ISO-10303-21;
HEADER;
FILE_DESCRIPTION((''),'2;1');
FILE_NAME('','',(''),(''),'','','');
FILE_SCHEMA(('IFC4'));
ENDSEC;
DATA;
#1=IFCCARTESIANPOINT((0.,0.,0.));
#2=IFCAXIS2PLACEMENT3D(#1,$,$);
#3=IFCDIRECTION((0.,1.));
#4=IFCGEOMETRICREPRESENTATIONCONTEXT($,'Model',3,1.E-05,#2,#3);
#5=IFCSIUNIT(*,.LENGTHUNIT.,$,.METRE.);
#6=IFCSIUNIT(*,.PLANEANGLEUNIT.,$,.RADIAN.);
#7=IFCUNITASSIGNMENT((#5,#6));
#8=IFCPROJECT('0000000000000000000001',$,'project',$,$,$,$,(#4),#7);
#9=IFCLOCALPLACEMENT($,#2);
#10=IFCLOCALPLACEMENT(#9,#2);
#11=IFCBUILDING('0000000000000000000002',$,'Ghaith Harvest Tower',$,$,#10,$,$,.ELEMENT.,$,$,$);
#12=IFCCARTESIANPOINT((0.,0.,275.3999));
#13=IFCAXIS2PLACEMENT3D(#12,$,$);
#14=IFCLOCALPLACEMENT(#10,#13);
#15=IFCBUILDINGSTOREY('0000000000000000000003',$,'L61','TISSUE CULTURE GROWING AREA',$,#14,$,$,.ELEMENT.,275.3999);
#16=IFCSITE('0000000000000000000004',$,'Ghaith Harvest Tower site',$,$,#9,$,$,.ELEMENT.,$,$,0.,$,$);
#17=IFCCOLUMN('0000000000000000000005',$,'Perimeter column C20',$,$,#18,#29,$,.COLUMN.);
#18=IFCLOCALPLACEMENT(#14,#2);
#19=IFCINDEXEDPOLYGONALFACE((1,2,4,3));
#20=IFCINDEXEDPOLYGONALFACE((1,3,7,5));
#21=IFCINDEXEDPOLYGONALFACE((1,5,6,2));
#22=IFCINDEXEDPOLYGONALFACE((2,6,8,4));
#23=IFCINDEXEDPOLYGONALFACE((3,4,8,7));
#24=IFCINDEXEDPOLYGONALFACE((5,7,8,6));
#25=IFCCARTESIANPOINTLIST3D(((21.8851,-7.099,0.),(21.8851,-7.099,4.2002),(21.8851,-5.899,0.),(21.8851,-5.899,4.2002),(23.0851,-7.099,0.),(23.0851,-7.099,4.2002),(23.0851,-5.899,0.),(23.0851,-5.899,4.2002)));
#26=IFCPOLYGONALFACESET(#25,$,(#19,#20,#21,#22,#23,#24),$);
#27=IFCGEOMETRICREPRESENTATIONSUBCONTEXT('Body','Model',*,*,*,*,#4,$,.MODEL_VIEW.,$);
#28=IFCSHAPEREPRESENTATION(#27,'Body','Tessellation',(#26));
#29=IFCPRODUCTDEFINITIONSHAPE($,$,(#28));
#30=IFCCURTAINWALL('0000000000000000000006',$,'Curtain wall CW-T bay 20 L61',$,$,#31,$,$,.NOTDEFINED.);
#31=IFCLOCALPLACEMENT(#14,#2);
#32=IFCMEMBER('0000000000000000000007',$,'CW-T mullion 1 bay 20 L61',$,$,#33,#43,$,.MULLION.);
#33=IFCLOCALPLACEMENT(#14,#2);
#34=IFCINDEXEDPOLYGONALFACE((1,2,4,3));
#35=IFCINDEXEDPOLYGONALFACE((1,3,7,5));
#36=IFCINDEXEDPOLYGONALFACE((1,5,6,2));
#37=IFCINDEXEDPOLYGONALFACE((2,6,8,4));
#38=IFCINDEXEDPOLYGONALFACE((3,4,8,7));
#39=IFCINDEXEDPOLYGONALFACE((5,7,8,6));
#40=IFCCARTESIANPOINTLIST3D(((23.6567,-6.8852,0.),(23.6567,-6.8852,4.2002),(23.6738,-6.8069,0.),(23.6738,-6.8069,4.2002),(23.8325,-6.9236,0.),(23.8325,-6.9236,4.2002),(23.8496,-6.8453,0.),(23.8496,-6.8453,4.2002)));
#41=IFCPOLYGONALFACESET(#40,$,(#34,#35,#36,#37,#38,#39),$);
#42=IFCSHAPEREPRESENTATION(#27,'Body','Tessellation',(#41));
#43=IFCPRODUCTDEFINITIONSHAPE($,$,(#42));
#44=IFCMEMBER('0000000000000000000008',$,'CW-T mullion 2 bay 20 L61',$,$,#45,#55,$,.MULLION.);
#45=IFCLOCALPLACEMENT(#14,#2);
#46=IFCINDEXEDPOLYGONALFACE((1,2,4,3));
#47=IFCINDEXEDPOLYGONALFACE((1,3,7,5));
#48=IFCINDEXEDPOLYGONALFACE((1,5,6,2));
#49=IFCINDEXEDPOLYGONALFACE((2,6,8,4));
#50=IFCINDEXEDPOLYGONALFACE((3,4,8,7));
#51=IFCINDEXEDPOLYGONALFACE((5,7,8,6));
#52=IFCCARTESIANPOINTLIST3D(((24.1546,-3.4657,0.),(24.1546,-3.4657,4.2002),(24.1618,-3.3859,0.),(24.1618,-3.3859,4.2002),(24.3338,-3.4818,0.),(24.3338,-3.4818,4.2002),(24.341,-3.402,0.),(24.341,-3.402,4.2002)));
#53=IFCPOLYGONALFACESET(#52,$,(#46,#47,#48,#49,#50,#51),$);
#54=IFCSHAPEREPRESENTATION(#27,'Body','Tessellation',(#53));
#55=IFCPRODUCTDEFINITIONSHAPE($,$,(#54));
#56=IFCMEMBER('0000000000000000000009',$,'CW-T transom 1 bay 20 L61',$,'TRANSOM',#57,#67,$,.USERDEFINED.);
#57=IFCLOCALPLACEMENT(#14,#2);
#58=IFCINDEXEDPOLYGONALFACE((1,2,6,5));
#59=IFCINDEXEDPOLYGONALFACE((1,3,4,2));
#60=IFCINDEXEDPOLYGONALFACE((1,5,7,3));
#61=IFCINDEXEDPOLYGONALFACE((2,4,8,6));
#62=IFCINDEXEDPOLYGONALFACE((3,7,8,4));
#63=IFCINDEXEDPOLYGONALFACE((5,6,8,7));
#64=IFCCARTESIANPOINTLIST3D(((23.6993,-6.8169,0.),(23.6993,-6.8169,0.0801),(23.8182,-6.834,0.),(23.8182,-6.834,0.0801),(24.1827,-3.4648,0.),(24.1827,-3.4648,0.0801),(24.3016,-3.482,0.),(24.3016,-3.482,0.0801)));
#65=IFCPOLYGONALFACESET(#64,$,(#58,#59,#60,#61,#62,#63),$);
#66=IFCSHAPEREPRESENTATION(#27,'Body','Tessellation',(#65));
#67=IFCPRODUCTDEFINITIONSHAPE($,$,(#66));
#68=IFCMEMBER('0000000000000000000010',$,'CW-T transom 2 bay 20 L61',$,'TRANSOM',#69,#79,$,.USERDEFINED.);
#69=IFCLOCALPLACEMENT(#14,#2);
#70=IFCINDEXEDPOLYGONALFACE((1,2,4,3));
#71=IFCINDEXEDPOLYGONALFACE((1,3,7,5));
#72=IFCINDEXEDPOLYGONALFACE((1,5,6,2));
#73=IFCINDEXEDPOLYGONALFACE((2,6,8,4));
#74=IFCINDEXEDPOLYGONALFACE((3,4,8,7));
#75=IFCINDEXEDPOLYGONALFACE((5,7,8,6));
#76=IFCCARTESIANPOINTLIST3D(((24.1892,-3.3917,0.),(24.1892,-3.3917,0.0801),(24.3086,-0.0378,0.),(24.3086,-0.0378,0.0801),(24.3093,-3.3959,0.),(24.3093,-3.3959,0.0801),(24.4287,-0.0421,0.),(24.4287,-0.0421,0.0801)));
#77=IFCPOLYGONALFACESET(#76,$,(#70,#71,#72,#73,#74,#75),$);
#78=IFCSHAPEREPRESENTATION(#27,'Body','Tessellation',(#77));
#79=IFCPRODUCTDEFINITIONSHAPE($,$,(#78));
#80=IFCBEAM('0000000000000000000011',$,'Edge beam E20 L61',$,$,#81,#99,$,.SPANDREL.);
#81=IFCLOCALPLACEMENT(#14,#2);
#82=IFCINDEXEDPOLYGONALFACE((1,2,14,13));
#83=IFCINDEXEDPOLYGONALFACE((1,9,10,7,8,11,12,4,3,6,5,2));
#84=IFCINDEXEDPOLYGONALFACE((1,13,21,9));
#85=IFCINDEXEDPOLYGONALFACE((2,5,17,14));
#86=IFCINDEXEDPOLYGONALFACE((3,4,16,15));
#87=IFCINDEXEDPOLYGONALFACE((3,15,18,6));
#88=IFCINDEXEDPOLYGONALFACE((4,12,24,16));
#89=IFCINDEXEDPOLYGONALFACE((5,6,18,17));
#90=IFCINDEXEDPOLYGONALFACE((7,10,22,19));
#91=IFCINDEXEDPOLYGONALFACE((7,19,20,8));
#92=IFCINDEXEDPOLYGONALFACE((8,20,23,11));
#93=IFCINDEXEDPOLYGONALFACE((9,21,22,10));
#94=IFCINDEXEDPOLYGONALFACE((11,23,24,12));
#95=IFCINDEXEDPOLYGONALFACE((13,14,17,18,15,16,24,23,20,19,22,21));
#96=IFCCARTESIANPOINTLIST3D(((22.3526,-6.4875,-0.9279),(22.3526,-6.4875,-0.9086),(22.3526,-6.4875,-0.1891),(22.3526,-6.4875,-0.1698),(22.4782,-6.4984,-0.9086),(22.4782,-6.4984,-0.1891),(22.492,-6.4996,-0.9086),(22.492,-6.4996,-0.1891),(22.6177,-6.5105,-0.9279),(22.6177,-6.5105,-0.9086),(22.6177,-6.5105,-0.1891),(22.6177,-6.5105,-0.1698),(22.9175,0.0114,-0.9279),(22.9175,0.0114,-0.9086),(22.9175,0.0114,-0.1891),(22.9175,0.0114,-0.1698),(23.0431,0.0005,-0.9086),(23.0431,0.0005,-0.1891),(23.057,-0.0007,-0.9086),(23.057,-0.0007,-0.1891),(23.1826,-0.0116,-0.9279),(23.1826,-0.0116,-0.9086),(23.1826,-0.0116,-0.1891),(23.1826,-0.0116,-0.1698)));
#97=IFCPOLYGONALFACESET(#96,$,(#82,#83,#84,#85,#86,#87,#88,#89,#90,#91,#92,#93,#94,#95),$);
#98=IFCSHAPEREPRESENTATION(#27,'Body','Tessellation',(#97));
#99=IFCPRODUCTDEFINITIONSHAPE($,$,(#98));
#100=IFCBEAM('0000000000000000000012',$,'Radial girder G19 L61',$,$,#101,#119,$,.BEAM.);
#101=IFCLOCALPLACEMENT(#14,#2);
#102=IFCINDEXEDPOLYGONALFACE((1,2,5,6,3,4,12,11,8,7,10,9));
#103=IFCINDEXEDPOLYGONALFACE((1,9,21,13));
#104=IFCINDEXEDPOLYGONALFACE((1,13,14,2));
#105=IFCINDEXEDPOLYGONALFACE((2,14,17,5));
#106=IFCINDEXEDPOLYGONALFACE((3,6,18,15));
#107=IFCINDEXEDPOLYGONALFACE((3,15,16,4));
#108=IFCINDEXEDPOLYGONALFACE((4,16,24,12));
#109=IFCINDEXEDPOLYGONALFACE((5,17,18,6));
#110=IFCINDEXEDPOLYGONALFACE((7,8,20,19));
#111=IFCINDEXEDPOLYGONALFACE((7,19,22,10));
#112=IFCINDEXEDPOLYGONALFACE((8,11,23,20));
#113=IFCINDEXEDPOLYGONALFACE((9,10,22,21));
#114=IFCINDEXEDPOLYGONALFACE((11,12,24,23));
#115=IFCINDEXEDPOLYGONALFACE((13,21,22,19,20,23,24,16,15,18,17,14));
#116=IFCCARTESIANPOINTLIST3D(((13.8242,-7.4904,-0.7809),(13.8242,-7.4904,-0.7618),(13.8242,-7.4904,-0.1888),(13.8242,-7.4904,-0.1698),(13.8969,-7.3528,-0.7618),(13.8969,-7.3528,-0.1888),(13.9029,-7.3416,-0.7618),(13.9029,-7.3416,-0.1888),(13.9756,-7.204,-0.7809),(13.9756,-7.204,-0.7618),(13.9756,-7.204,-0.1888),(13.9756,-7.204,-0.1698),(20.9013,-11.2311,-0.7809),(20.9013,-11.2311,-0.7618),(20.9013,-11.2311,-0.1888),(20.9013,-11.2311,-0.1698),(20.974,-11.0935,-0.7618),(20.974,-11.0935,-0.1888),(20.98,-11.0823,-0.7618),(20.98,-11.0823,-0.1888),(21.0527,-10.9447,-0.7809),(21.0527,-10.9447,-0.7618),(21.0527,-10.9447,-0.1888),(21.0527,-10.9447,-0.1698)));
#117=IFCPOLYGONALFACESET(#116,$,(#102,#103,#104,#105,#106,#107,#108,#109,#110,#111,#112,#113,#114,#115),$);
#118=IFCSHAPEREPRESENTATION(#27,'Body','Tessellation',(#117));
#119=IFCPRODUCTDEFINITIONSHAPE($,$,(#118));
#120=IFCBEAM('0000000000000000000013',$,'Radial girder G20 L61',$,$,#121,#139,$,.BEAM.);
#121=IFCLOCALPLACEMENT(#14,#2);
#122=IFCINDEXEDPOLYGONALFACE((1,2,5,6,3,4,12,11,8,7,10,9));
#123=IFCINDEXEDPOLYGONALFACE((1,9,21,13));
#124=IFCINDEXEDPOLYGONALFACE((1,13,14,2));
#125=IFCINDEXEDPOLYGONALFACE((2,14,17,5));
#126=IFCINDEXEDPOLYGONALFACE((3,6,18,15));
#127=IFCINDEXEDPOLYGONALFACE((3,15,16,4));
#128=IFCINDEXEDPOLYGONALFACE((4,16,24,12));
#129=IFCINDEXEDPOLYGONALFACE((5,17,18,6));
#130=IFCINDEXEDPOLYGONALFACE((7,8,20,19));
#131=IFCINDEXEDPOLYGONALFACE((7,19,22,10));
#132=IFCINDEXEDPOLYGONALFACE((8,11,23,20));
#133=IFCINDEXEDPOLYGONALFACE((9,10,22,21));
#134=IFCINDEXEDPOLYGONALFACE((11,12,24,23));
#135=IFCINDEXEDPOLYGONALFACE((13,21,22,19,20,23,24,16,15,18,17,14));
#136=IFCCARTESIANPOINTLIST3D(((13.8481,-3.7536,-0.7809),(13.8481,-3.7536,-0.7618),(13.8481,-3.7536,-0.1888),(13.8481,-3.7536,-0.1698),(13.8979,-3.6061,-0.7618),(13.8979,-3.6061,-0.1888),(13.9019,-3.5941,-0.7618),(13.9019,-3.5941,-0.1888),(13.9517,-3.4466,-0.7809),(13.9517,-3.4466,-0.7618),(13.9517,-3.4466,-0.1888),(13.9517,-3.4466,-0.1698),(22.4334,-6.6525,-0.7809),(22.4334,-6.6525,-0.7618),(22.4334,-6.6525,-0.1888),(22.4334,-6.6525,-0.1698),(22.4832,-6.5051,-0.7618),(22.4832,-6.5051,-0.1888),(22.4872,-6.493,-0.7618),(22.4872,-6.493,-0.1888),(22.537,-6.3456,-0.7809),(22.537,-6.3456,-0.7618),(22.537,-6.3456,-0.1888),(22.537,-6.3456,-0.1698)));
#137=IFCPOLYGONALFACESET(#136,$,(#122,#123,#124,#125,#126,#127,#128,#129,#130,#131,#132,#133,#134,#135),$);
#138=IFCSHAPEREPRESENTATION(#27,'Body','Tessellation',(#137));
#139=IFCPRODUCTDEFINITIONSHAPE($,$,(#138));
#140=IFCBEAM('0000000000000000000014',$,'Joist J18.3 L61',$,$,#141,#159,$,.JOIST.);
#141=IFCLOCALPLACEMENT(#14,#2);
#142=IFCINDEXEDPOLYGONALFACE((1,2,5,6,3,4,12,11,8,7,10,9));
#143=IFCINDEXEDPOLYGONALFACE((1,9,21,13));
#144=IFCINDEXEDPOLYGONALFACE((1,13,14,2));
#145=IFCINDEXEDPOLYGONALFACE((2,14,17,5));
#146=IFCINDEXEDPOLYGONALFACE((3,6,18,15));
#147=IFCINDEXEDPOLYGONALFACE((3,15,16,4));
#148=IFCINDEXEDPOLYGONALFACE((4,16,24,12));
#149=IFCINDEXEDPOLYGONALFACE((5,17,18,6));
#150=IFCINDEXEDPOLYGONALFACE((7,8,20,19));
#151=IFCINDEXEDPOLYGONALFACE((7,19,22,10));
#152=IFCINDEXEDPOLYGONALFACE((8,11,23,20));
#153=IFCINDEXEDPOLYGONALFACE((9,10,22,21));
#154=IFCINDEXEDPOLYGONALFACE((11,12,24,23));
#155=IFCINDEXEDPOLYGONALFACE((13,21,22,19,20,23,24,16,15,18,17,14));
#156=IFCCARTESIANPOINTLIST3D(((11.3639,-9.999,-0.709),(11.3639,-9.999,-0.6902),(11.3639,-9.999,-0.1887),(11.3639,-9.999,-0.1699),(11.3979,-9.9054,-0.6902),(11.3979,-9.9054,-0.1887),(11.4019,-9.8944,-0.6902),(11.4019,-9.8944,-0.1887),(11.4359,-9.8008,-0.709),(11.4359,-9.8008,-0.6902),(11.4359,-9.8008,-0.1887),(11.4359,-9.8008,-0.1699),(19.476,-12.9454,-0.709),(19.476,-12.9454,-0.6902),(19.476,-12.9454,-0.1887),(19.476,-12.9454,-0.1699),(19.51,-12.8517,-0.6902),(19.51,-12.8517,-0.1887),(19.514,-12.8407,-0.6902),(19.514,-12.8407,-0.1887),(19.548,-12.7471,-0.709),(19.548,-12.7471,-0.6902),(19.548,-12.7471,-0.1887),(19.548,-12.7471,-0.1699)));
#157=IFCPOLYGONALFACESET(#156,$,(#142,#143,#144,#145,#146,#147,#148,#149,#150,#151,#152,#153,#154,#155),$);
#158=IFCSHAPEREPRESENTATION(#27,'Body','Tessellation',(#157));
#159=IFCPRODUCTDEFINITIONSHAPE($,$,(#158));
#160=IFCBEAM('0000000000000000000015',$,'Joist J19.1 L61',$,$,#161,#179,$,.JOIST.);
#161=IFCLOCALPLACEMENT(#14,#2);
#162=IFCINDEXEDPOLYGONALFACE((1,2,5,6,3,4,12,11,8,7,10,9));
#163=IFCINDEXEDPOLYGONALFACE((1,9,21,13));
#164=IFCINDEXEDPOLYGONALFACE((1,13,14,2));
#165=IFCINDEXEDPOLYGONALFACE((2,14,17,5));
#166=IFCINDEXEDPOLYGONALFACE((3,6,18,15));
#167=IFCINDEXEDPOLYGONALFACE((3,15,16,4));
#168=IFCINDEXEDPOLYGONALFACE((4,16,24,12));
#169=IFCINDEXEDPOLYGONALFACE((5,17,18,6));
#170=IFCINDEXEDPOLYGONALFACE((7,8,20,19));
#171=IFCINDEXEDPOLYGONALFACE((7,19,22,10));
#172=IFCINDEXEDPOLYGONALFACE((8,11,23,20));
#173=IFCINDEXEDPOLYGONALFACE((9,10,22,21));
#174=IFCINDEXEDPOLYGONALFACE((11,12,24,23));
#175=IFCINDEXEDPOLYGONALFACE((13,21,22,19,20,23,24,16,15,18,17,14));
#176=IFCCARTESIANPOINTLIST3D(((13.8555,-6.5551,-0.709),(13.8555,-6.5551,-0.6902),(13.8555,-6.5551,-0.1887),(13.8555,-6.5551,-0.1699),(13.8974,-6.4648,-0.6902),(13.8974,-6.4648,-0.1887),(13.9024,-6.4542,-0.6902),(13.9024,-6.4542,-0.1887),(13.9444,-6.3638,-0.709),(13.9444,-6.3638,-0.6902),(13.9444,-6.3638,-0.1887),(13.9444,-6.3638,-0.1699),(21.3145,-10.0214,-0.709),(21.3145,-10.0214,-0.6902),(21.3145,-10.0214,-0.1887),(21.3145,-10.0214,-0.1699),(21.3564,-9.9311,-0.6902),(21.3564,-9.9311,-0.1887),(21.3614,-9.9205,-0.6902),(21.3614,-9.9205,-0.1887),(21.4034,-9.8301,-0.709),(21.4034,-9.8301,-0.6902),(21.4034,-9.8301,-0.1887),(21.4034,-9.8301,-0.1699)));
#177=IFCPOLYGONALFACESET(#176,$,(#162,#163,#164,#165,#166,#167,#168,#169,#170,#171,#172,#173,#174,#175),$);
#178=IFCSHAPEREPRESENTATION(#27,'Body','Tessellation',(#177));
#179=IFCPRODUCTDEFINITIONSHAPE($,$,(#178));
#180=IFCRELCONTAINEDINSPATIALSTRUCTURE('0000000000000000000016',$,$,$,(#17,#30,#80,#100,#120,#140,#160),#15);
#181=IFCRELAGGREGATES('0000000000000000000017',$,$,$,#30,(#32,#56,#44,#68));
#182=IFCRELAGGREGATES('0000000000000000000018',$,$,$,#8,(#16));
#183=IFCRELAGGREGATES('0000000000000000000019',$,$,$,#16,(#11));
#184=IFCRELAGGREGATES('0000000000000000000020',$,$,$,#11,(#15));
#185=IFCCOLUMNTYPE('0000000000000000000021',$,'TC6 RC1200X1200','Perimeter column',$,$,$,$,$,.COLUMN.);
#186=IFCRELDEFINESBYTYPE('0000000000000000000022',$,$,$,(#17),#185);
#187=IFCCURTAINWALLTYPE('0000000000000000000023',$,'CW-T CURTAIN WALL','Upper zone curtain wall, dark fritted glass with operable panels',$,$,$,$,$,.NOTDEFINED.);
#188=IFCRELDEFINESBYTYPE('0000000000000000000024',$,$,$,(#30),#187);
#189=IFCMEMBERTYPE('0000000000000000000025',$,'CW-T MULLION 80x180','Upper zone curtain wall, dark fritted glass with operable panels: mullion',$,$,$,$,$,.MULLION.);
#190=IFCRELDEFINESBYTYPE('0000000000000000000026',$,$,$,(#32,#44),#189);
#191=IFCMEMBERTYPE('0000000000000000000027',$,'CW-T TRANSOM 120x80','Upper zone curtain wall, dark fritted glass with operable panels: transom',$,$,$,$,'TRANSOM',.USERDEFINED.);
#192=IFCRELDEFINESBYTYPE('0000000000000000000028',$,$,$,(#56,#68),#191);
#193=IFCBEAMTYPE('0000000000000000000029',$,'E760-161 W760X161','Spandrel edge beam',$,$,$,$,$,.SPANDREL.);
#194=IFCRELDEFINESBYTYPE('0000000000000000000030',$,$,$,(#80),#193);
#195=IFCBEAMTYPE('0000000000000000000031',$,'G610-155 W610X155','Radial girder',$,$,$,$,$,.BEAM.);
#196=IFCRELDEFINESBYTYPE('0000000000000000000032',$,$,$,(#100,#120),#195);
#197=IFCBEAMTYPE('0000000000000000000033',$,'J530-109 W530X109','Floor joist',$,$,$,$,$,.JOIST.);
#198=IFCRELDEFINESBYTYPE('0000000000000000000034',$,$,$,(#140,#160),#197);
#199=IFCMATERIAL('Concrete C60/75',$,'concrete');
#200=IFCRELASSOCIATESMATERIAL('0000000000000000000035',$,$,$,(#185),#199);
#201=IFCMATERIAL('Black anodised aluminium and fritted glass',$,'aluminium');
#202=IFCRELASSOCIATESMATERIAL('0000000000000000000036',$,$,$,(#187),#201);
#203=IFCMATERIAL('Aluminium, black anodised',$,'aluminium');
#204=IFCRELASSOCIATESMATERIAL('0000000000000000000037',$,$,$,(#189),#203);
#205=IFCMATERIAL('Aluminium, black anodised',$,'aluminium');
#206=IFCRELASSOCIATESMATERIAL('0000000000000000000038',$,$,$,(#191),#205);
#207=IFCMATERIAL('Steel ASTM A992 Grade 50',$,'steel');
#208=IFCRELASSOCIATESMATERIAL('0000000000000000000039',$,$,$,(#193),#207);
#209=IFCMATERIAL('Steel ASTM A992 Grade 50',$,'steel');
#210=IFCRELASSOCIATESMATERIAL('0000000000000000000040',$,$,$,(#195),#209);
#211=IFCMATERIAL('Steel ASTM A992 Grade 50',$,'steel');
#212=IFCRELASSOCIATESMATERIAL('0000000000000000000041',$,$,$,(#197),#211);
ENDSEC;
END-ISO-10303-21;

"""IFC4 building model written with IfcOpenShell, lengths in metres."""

from ifc_helpers import new_model, si_unit, direction, frame, origin, origin_2d, place, context, subcontext, project, spatial, rectangle, i_section, extrude, material, material_profile, profile_set, type_object, element, aggregate, save


model = new_model("IFC4")

# Units and contexts
model_context = context("Model", 3, precision=1e-05, world=origin(), true_north=direction((0.0, 1.0)))
body_context = subcontext(model_context, "Body", "Model", "MODEL_VIEW")
ifc_project = project(units=[si_unit("LENGTHUNIT", "METRE"), si_unit("PLANEANGLEUNIT", "RADIAN")], contexts=[model_context])

# Site, building, storey
site_placement = place(None, origin())
site = spatial("IfcSite", under=ifc_project, at=site_placement, Name="Ghaith Harvest Tower site", CompositionType="ELEMENT", RefElevation=0.0)
building_placement = place(site_placement, origin())
building = spatial("IfcBuilding", under=site, at=building_placement, Name="Ghaith Harvest Tower", CompositionType="ELEMENT")
storey_placement = place(building_placement, frame((0.0, 0.0, 275.3999)))
storey = spatial("IfcBuildingStorey", under=building, at=storey_placement, Name="L61", Description="TISSUE CULTURE GROWING AREA", CompositionType="ELEMENT", Elevation=275.3999)

# Column
ifc_material_1 = material(Name="Concrete C60/75", Category="concrete")
ifc_material_profile_1 = material_profile(ifc_material_1, rectangle(XDim=1.2, YDim=1.2, at=origin_2d()), Name="RC1200X1200")
ifc_profile_set_1 = profile_set([ifc_material_profile_1], Name="Concrete C60/75")
column_type = type_object("IfcColumnType", Name="TC6 RC1200X1200", Description="Perimeter column", PredefinedType="COLUMN", material=ifc_profile_set_1)
column_placement = place(storey_placement, frame((22.4851, -6.499, 0.0), z_axis=(0.0, 0.0, 1.0), x_axis=(1.0, 0.0, 0.0)))
element("IfcColumn", 1, at=column_placement, inside=storey, type_object=column_type, Name="Perimeter column C20", PredefinedType="COLUMN", context=body_context, shape_type="SweptSolid", body=[
    extrude(rectangle(XDim=1.2, YDim=1.2, at=origin_2d()), origin(), (0.0, 0.0, 1.0), 4.2002),
])

# Curtain wall, members
ifc_material_2 = material(Name="Black anodised aluminium and fritted glass", Category="aluminium")
curtain_wall_type = type_object("IfcCurtainWallType", Name="CW-T CURTAIN WALL", Description="Upper zone curtain wall, dark fritted glass with operable panels", PredefinedType="NOTDEFINED", material=ifc_material_2)
curtain_wall_1_placement = place(storey_placement, origin())
curtain_wall_1 = element("IfcCurtainWall", 2, at=curtain_wall_1_placement, inside=storey, type_object=curtain_wall_type, Name="Curtain wall CW-T bay 20 L61", PredefinedType="NOTDEFINED")
ifc_material_3 = material(Name="Aluminium, black anodised", Category="aluminium")
ifc_material_profile_2 = material_profile(ifc_material_3, rectangle(XDim=0.0801, YDim=0.1799, at=origin_2d()), Name="CW-T MULLION 80x180")
ifc_profile_set_2 = profile_set([ifc_material_profile_2], Name="Aluminium, black anodised")
member_type_1 = type_object("IfcMemberType", Name="CW-T MULLION 80x180", Description="Upper zone curtain wall, dark fritted glass with operable panels: mullion", PredefinedType="MULLION", material=ifc_profile_set_2)
member_1_placement = place(storey_placement, frame((23.7532, -6.8652, 0.0), z_axis=(0.0, 0.0, 1.0), x_axis=(0.213402, 0.976964, 0.0)))
member_1 = element("IfcMember", 3, at=member_1_placement, type_object=member_type_1, Name="CW-T mullion 1 bay 20 L61", PredefinedType="MULLION", context=body_context, shape_type="SweptSolid", body=[
    extrude(rectangle(XDim=0.0801, YDim=0.1799, at=origin_2d()), origin(), (0.0, 0.0, 1.0), 4.2002),
])
member_2_placement = place(storey_placement, frame((24.2478, -3.4338, 0.0), z_axis=(0.0, 0.0, 1.0), x_axis=(0.089502, 0.995987, 0.0)))
member_2 = element("IfcMember", 4, at=member_2_placement, type_object=member_type_1, Name="CW-T mullion 2 bay 20 L61", PredefinedType="MULLION", context=body_context, shape_type="SweptSolid", body=[
    extrude(rectangle(XDim=0.0801, YDim=0.1799, at=origin_2d()), origin(), (0.0, 0.0, 1.0), 4.2002),
])
ifc_material_4 = material(Name="Aluminium, black anodised", Category="aluminium")
ifc_material_profile_3 = material_profile(ifc_material_4, rectangle(XDim=0.1201, YDim=0.0801, at=origin_2d()), Name="CW-T TRANSOM 120x80")
ifc_profile_set_3 = profile_set([ifc_material_profile_3], Name="Aluminium, black anodised")
member_type_2 = type_object("IfcMemberType", Name="CW-T TRANSOM 120x80", Description="Upper zone curtain wall, dark fritted glass with operable panels: transom", ElementType="TRANSOM", PredefinedType="USERDEFINED", material=ifc_profile_set_3)
member_3_placement = place(storey_placement, frame((23.7588, -6.8254, 0.04), z_axis=(0.142733, 0.989761, 0.0), x_axis=(-0.989761, 0.142733, 0.0)))
member_3 = element("IfcMember", 5, at=member_3_placement, type_object=member_type_2, Name="CW-T transom 1 bay 20 L61", ObjectType="TRANSOM", PredefinedType="USERDEFINED", context=body_context, shape_type="SweptSolid", body=[
    extrude(rectangle(XDim=0.1201, YDim=0.0801, at=origin_2d()), origin(), (0.0, 0.0, 1.0), 3.3867),
])
member_4_placement = place(storey_placement, frame((24.2493, -3.3938, 0.04), z_axis=(0.035575, 0.999367, 0.0), x_axis=(-0.999367, 0.035575, 0.0)))
member_4 = element("IfcMember", 6, at=member_4_placement, type_object=member_type_2, Name="CW-T transom 2 bay 20 L61", ObjectType="TRANSOM", PredefinedType="USERDEFINED", context=body_context, shape_type="SweptSolid", body=[
    extrude(rectangle(XDim=0.1201, YDim=0.0801, at=origin_2d()), origin(), (0.0, 0.0, 1.0), 3.356),
])

# Beams
ifc_material_5 = material(Name="Steel ASTM A992 Grade 50", Category="steel")
ifc_material_profile_4 = material_profile(ifc_material_5, i_section(OverallWidth=0.2661, OverallDepth=0.7581, WebThickness=0.0139, FlangeThickness=0.0193, at=origin_2d()), Name="W760X161")
ifc_profile_set_4 = profile_set([ifc_material_profile_4], Name="Steel ASTM A992 Grade 50")
beam_type_1 = type_object("IfcBeamType", Name="E760-161 W760X161", Description="Spandrel edge beam", PredefinedType="SPANDREL", material=ifc_profile_set_4)
beam_1_placement = place(storey_placement, frame((22.4851, -6.499, -0.5488), z_axis=(0.086601, 0.996243, 0.0), x_axis=(-0.996243, 0.086601, 0.0)))
element("IfcBeam", 7, at=beam_1_placement, inside=storey, type_object=beam_type_1, Name="Edge beam E20 L61", PredefinedType="SPANDREL", context=body_context, shape_type="SweptSolid", body=[
    extrude(i_section(OverallWidth=0.2661, OverallDepth=0.7581, WebThickness=0.0139, FlangeThickness=0.0193, at=origin_2d()), origin(), (0.0, 0.0, 1.0), 6.5234),
])
ifc_material_6 = material(Name="Steel ASTM A992 Grade 50", Category="steel")
ifc_material_profile_5 = material_profile(ifc_material_6, i_section(OverallWidth=0.324, OverallDepth=0.6111, WebThickness=0.0127, FlangeThickness=0.019, at=origin_2d()), Name="W610X155")
ifc_profile_set_5 = profile_set([ifc_material_profile_5], Name="Steel ASTM A992 Grade 50")
beam_type_2 = type_object("IfcBeamType", Name="G610-155 W610X155", Description="Radial girder", PredefinedType="BEAM", material=ifc_profile_set_5)
beam_2_placement = place(storey_placement, frame((13.8999, -7.3472, -0.4753), z_axis=(0.884098, -0.467302, 0.0), x_axis=(0.467302, 0.884098, 0.0)))
element("IfcBeam", 8, at=beam_2_placement, inside=storey, type_object=beam_type_2, Name="Radial girder G19 L61", PredefinedType="BEAM", context=body_context, shape_type="SweptSolid", body=[
    extrude(i_section(OverallWidth=0.324, OverallDepth=0.6111, WebThickness=0.0127, FlangeThickness=0.019, at=origin_2d()), origin(), (0.0, 0.0, 1.0), 8.0049),
])
beam_3_placement = place(storey_placement, frame((13.8999, -3.6001, -0.4753), z_axis=(0.947445, -0.319919, 0.0), x_axis=(0.319919, 0.947445, 0.0)))
element("IfcBeam", 9, at=beam_3_placement, inside=storey, type_object=beam_type_2, Name="Radial girder G20 L61", PredefinedType="BEAM", context=body_context, shape_type="SweptSolid", body=[
    extrude(i_section(OverallWidth=0.324, OverallDepth=0.6111, WebThickness=0.0127, FlangeThickness=0.019, at=origin_2d()), origin(), (0.0, 0.0, 1.0), 9.0615),
])
ifc_material_7 = material(Name="Steel ASTM A992 Grade 50", Category="steel")
ifc_material_profile_6 = material_profile(ifc_material_7, i_section(OverallWidth=0.2109, OverallDepth=0.5391, WebThickness=0.0117, FlangeThickness=0.0188, at=origin_2d()), Name="W530X109")
ifc_profile_set_6 = profile_set([ifc_material_profile_6], Name="Steel ASTM A992 Grade 50")
beam_type_3 = type_object("IfcBeamType", Name="J530-109 W530X109", Description="Floor joist", PredefinedType="JOIST", material=ifc_profile_set_6)
beam_4_placement = place(storey_placement, frame((11.3999, -9.8999, -0.4395), z_axis=(0.939926, -0.34138, 0.0), x_axis=(0.34138, 0.939926, 0.0)))
element("IfcBeam", 10, at=beam_4_placement, inside=storey, type_object=beam_type_3, Name="Joist J18.3 L61", PredefinedType="JOIST", context=body_context, shape_type="SweptSolid", body=[
    extrude(i_section(OverallWidth=0.2109, OverallDepth=0.5391, WebThickness=0.0117, FlangeThickness=0.0188, at=origin_2d()), origin(), (0.0, 0.0, 1.0), 8.6306),
])
beam_5_placement = place(storey_placement, frame((13.8999, -6.4595, -0.4395), z_axis=(0.90686, -0.421432, 0.0), x_axis=(0.421432, 0.90686, 0.0)))
element("IfcBeam", 11, at=beam_5_placement, inside=storey, type_object=beam_type_3, Name="Joist J19.1 L61", PredefinedType="JOIST", context=body_context, shape_type="SweptSolid", body=[
    extrude(i_section(OverallWidth=0.2109, OverallDepth=0.5391, WebThickness=0.0117, FlangeThickness=0.0188, at=origin_2d()), origin(), (0.0, 0.0, 1.0), 8.2251),
])

aggregate(curtain_wall_1, [member_1, member_3, member_2, member_4])

save(model, "model.ifc")
